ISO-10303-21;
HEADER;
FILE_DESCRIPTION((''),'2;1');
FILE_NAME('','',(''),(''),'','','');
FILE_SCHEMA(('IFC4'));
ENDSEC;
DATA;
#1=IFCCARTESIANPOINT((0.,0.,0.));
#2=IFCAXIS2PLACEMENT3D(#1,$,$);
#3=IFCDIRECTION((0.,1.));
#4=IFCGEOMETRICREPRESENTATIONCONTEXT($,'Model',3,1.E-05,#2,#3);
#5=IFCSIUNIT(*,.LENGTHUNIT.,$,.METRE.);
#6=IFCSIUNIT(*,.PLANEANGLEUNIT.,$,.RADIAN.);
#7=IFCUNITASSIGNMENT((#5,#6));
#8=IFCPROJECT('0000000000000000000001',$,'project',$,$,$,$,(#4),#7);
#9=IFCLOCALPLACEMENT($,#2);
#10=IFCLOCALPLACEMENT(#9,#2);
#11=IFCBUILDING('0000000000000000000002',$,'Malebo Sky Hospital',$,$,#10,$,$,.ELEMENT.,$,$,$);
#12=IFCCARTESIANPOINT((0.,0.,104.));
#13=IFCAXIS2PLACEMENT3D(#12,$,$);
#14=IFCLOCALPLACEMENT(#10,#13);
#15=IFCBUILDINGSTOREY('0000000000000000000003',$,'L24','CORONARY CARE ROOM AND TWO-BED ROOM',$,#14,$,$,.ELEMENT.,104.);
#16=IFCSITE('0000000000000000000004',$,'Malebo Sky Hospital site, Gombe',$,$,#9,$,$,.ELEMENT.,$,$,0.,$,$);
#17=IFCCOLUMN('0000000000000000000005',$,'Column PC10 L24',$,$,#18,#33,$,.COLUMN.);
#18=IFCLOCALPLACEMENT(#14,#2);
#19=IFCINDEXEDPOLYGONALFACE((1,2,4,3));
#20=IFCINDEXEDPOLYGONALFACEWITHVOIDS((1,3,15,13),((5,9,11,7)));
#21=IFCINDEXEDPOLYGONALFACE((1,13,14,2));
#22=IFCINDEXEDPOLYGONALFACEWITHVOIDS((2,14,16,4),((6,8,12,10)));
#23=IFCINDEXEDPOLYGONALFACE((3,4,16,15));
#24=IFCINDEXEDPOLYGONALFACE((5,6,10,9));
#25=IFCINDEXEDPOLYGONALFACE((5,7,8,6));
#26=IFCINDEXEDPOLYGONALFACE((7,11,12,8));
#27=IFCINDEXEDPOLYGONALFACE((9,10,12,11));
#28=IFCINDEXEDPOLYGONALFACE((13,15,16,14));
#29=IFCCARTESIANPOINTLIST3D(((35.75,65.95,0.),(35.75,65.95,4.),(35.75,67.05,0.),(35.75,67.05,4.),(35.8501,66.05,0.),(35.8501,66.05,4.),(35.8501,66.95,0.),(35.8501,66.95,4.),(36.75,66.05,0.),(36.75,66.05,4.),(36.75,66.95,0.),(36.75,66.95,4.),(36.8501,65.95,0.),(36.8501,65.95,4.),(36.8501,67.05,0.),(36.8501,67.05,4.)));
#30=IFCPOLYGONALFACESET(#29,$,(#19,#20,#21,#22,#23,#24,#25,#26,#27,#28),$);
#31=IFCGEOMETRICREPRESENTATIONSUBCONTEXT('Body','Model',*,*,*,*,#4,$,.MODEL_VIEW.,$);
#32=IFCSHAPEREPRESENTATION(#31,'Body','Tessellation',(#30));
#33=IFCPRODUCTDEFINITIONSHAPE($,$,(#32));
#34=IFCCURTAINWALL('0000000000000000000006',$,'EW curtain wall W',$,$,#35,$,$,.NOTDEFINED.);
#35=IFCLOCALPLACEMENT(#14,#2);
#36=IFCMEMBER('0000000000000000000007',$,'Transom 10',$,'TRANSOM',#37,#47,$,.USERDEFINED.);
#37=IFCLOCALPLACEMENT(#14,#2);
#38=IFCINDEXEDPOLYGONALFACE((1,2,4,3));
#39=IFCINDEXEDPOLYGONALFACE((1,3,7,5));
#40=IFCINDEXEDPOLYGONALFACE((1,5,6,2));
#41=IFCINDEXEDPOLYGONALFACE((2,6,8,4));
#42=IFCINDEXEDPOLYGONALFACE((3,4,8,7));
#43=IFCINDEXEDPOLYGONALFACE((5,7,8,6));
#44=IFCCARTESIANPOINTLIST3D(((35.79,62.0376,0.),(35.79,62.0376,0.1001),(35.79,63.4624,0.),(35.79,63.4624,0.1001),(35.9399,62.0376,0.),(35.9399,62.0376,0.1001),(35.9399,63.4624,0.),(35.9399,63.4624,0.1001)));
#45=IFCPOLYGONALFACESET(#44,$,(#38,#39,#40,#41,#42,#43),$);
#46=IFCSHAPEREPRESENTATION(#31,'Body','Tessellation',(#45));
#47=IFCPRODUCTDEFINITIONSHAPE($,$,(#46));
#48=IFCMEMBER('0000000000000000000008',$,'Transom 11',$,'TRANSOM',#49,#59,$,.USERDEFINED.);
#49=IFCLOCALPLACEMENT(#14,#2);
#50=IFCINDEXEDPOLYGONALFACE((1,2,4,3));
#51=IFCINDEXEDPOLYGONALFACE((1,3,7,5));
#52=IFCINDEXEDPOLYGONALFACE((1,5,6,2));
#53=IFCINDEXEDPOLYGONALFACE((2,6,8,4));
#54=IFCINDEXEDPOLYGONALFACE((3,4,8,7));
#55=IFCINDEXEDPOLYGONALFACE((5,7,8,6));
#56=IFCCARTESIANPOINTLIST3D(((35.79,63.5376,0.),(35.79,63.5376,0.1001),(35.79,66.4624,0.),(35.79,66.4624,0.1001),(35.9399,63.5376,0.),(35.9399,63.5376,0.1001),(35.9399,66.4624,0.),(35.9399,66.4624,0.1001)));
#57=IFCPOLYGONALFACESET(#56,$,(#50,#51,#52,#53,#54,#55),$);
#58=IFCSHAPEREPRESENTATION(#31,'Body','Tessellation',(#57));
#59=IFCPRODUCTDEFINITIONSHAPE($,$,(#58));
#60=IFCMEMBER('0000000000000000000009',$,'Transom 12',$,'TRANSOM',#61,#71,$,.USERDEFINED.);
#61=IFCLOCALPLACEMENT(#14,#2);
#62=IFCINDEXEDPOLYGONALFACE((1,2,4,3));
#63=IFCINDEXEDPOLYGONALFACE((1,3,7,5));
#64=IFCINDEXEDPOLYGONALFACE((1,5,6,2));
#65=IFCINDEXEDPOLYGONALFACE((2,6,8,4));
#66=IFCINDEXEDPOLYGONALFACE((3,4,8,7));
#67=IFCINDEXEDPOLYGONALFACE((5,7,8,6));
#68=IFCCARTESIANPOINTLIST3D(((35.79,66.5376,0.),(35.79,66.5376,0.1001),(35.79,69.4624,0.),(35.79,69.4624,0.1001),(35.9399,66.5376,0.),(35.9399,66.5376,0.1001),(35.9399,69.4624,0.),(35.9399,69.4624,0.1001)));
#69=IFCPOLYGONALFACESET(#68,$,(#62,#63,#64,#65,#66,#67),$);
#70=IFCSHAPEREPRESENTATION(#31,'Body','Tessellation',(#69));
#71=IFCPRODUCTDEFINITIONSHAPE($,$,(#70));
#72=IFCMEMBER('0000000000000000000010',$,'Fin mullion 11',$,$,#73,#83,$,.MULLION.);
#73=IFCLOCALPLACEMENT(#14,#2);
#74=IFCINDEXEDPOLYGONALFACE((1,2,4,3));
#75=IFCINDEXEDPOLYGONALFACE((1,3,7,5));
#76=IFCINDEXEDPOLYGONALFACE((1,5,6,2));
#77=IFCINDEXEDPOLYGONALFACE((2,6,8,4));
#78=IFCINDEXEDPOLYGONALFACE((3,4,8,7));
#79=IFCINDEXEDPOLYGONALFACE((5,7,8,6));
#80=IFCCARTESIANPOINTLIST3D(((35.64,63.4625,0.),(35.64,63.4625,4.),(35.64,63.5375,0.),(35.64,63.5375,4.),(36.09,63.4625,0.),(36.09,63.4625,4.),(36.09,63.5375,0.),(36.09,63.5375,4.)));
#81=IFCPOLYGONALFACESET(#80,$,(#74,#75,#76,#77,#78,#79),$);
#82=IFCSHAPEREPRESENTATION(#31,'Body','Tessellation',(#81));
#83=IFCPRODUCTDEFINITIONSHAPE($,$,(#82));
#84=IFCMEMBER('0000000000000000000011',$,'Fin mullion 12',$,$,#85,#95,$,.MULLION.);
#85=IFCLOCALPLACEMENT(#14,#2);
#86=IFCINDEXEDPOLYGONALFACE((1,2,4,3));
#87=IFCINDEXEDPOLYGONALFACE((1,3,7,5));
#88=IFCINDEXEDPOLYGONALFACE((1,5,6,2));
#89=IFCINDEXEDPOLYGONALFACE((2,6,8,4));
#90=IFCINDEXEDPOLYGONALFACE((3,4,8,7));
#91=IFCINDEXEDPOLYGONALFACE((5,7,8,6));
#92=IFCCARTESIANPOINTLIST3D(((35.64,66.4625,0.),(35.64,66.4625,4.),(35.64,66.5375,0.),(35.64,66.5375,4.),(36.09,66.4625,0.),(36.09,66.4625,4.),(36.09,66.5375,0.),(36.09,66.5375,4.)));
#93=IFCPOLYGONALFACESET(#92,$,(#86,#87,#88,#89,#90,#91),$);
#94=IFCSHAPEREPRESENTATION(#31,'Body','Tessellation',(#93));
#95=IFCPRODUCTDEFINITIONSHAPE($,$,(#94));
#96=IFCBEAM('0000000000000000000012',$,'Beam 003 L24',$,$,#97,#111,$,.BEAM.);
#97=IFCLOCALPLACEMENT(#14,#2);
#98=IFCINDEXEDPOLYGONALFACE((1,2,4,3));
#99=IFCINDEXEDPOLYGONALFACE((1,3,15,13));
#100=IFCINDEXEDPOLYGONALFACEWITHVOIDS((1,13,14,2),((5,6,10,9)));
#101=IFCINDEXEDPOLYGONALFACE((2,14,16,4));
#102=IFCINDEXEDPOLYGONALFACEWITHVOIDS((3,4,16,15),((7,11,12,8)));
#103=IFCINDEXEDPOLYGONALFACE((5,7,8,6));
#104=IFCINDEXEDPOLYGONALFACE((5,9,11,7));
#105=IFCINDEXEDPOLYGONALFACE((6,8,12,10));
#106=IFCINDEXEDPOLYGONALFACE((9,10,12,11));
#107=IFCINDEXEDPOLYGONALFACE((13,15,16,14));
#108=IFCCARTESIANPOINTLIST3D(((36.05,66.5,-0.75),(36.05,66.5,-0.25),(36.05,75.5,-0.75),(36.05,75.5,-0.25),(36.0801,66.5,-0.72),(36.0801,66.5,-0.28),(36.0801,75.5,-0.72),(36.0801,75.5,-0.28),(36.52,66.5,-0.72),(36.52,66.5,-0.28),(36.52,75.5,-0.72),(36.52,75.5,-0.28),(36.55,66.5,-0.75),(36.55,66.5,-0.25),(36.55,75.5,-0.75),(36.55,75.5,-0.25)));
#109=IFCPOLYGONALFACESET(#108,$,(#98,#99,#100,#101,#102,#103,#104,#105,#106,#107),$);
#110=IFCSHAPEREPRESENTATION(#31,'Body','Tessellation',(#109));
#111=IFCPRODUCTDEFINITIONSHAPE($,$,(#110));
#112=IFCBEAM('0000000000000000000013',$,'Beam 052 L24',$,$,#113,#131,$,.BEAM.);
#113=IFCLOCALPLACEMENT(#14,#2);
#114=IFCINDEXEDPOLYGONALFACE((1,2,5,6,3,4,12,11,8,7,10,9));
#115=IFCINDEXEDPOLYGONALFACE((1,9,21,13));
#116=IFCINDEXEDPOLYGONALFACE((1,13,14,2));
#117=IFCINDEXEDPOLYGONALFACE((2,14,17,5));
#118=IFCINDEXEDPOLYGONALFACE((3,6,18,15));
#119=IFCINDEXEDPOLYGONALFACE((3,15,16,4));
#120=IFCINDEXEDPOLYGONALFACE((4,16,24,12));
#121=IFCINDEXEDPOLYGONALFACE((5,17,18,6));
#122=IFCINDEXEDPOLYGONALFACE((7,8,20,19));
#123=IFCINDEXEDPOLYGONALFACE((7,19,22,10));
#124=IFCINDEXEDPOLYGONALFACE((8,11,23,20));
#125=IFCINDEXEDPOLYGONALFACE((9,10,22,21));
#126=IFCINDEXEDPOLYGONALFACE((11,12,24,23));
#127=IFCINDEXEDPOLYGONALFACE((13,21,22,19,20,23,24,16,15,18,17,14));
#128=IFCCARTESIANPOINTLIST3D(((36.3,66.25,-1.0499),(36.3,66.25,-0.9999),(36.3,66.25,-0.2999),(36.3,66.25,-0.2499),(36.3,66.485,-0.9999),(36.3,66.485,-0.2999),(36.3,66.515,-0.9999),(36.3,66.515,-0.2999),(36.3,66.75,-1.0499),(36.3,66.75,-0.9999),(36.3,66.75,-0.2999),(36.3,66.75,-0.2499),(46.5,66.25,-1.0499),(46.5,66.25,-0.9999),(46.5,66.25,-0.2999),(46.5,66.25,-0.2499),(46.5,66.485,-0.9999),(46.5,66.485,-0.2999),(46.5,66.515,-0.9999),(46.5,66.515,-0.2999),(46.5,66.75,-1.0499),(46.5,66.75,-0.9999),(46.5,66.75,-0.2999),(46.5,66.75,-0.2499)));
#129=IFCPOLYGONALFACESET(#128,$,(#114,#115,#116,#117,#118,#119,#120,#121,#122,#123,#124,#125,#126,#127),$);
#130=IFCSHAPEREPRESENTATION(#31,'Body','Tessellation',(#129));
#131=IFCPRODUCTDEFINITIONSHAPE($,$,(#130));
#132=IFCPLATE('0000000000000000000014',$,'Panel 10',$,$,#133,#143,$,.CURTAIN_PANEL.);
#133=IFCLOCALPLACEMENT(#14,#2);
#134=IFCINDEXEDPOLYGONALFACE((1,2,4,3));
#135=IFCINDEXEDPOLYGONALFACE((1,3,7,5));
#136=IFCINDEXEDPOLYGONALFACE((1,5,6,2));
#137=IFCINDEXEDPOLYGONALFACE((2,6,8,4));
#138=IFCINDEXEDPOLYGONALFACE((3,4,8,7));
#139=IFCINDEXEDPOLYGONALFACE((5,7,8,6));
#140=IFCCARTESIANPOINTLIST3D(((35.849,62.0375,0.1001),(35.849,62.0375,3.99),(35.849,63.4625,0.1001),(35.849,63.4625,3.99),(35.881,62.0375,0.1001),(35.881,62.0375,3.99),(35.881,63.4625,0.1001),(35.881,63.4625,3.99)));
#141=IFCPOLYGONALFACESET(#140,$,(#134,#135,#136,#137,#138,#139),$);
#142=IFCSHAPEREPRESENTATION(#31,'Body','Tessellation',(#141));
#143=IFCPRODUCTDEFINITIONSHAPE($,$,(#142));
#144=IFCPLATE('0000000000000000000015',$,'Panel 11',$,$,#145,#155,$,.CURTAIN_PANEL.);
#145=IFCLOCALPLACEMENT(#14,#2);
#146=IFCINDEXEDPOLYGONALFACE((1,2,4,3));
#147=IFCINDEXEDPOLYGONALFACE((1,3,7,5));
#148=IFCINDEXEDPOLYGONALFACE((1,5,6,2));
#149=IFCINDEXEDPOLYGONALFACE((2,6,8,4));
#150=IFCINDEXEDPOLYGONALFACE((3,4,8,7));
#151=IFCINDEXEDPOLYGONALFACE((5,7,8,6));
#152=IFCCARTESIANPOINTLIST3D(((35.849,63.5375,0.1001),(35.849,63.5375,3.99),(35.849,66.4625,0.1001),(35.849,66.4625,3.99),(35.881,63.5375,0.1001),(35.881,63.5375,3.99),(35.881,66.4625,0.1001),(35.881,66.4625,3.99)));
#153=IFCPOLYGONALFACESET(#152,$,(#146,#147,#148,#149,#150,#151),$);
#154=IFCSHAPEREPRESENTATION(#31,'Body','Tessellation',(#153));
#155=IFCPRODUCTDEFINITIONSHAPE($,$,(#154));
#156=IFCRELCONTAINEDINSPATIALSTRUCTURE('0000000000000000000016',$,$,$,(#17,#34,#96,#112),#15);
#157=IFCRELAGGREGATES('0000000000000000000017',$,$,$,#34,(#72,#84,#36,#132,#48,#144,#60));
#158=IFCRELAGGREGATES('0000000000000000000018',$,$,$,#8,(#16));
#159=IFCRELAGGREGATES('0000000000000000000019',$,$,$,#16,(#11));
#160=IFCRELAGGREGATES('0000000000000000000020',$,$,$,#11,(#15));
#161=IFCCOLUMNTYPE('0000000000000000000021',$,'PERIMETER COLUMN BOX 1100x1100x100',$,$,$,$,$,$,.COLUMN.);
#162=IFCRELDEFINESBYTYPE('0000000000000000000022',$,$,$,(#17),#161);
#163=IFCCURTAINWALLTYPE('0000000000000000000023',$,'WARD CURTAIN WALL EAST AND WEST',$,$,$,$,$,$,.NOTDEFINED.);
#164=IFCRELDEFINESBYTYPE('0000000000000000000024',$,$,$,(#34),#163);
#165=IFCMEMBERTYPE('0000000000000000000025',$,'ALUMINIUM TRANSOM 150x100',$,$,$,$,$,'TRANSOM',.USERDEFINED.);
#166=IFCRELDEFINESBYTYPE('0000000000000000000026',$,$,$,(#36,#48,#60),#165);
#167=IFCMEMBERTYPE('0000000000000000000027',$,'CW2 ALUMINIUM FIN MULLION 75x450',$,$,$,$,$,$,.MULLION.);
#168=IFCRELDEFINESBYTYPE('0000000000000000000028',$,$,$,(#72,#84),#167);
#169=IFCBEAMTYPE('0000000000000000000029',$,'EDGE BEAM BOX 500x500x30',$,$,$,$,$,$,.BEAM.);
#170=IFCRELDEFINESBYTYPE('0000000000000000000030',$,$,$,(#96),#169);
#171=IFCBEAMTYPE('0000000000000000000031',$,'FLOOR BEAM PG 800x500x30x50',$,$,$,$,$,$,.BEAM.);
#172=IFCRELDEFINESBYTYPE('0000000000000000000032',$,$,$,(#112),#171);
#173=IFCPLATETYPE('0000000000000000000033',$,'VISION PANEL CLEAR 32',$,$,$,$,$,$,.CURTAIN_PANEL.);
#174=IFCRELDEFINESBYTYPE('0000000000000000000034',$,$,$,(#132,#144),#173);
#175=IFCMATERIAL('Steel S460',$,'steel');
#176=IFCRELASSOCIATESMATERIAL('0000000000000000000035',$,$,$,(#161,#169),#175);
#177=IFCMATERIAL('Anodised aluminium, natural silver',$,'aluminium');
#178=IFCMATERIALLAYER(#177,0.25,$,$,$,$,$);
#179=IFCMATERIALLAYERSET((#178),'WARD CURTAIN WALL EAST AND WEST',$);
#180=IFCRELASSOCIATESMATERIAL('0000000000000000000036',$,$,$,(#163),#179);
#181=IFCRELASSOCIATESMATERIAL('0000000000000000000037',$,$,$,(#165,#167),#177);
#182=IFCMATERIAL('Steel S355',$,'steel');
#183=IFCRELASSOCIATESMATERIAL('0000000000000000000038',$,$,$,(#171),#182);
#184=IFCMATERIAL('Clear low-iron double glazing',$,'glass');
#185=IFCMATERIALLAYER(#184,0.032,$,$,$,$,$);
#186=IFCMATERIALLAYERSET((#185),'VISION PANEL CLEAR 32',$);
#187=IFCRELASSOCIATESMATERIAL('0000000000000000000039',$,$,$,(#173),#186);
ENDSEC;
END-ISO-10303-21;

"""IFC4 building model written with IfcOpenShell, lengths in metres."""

from ifc_helpers import new_model, si_unit, direction, frame, origin, origin_2d, place, context, subcontext, project, spatial, rectangle, hollow_rectangle, i_section, extrude, material, layer, layer_set, material_profile, profile_set, type_object, element, aggregate, save


model = new_model("IFC4")

# Units and contexts
model_context = context("Model", 3, precision=1e-05, world=origin(), true_north=direction((0.0, 1.0)))
body_context = subcontext(model_context, "Body", "Model", "MODEL_VIEW")
ifc_project = project(units=[si_unit("LENGTHUNIT", "METRE"), si_unit("PLANEANGLEUNIT", "RADIAN")], contexts=[model_context])

# Site, building, storey
site_placement = place(None, origin())
site = spatial("IfcSite", under=ifc_project, at=site_placement, Name="Malebo Sky Hospital site, Gombe", CompositionType="ELEMENT", RefElevation=0.0)
building_placement = place(site_placement, origin())
building = spatial("IfcBuilding", under=site, at=building_placement, Name="Malebo Sky Hospital", CompositionType="ELEMENT")
storey_placement = place(building_placement, frame((0.0, 0.0, 104.0)))
storey = spatial("IfcBuildingStorey", under=building, at=storey_placement, Name="L24", Description="CORONARY CARE ROOM AND TWO-BED ROOM", CompositionType="ELEMENT", Elevation=104.0)

# Column
ifc_material_1 = material(Name="Steel S460", Category="steel")
ifc_material_profile_1 = material_profile(ifc_material_1, hollow_rectangle(XDim=1.1001, YDim=1.1001, WallThickness=0.1001, at=origin_2d()), Name="BOX 1100x1100x100")
ifc_profile_set_1 = profile_set([ifc_material_profile_1], Name="Steel S460")
column_type = type_object("IfcColumnType", Name="PERIMETER COLUMN BOX 1100x1100x100", PredefinedType="COLUMN", material=ifc_profile_set_1)
column_placement = place(storey_placement, frame((36.3, 66.5, 0.0), z_axis=(0.0, 0.0, 1.0), x_axis=(1.0, 0.0, 0.0)))
element("IfcColumn", 1, at=column_placement, inside=storey, type_object=column_type, Name="Column PC10 L24", PredefinedType="COLUMN", context=body_context, shape_type="SweptSolid", body=[
    extrude(hollow_rectangle(XDim=1.1001, YDim=1.1001, WallThickness=0.1001, at=origin_2d()), origin(), (0.0, 0.0, 1.0), 4.0),
])

# Curtain wall, members
ifc_material_2 = material(Name="Anodised aluminium, natural silver", Category="aluminium")
ifc_layer_1 = layer(ifc_material_2, 0.25)
ifc_layer_set_1 = layer_set([ifc_layer_1], Name="WARD CURTAIN WALL EAST AND WEST")
curtain_wall_type = type_object("IfcCurtainWallType", Name="WARD CURTAIN WALL EAST AND WEST", PredefinedType="NOTDEFINED", material=ifc_layer_set_1)
curtain_wall_placement = place(storey_placement, origin())
curtain_wall = element("IfcCurtainWall", 2, at=curtain_wall_placement, inside=storey, type_object=curtain_wall_type, Name="EW curtain wall W", PredefinedType="NOTDEFINED")
ifc_material_profile_2 = material_profile(ifc_material_2, rectangle(XDim=0.1499, YDim=0.1001, at=origin_2d()), Name="ALUMINIUM TRANSOM 150x100")
ifc_profile_set_2 = profile_set([ifc_material_profile_2], Name="Anodised aluminium, natural silver")
member_type_1 = type_object("IfcMemberType", Name="ALUMINIUM TRANSOM 150x100", ElementType="TRANSOM", PredefinedType="USERDEFINED", material=ifc_profile_set_2)
member_1_placement = place(storey_placement, frame((35.865, 62.0376, 0.05), z_axis=(0.0, 1.0, 0.0), x_axis=(-1.0, 0.0, 0.0)))
member_1 = element("IfcMember", 3, at=member_1_placement, type_object=member_type_1, Name="Transom 10", ObjectType="TRANSOM", PredefinedType="USERDEFINED", context=body_context, shape_type="SweptSolid", body=[
    extrude(rectangle(XDim=0.1499, YDim=0.1001, at=origin_2d()), origin(), (0.0, 0.0, 1.0), 1.4248),
])
member_2_placement = place(storey_placement, frame((35.865, 63.5376, 0.05), z_axis=(0.0, 1.0, 0.0), x_axis=(-1.0, 0.0, 0.0)))
member_2 = element("IfcMember", 4, at=member_2_placement, type_object=member_type_1, Name="Transom 11", ObjectType="TRANSOM", PredefinedType="USERDEFINED", context=body_context, shape_type="SweptSolid", body=[
    extrude(rectangle(XDim=0.1499, YDim=0.1001, at=origin_2d()), origin(), (0.0, 0.0, 1.0), 2.9248),
])
member_3_placement = place(storey_placement, frame((35.865, 66.5376, 0.05), z_axis=(0.0, 1.0, 0.0), x_axis=(-1.0, 0.0, 0.0)))
member_3 = element("IfcMember", 5, at=member_3_placement, type_object=member_type_1, Name="Transom 12", ObjectType="TRANSOM", PredefinedType="USERDEFINED", context=body_context, shape_type="SweptSolid", body=[
    extrude(rectangle(XDim=0.1499, YDim=0.1001, at=origin_2d()), origin(), (0.0, 0.0, 1.0), 2.9248),
])
ifc_material_profile_3 = material_profile(ifc_material_2, rectangle(XDim=0.075, YDim=0.45, at=origin_2d()), Name="CW2 ALUMINIUM FIN MULLION 75x450")
ifc_profile_set_3 = profile_set([ifc_material_profile_3], Name="Anodised aluminium, natural silver")
member_type_2 = type_object("IfcMemberType", Name="CW2 ALUMINIUM FIN MULLION 75x450", PredefinedType="MULLION", material=ifc_profile_set_3)
member_4_placement = place(storey_placement, frame((35.865, 63.5, 0.0), z_axis=(0.0, 0.0, 1.0), x_axis=(0.0, 1.0, 0.0)))
member_4 = element("IfcMember", 6, at=member_4_placement, type_object=member_type_2, Name="Fin mullion 11", PredefinedType="MULLION", context=body_context, shape_type="SweptSolid", body=[
    extrude(rectangle(XDim=0.075, YDim=0.45, at=origin_2d()), origin(), (0.0, 0.0, 1.0), 4.0),
])
member_5_placement = place(storey_placement, frame((35.865, 66.5, 0.0), z_axis=(0.0, 0.0, 1.0), x_axis=(0.0, 1.0, 0.0)))
member_5 = element("IfcMember", 7, at=member_5_placement, type_object=member_type_2, Name="Fin mullion 12", PredefinedType="MULLION", context=body_context, shape_type="SweptSolid", body=[
    extrude(rectangle(XDim=0.075, YDim=0.45, at=origin_2d()), origin(), (0.0, 0.0, 1.0), 4.0),
])

# Beams
ifc_material_profile_4 = material_profile(ifc_material_1, hollow_rectangle(XDim=0.5, YDim=0.5, WallThickness=0.03, at=origin_2d()), Name="BOX 500x500x30")
ifc_profile_set_4 = profile_set([ifc_material_profile_4], Name="Steel S460")
beam_type_1 = type_object("IfcBeamType", Name="EDGE BEAM BOX 500x500x30", PredefinedType="BEAM", material=ifc_profile_set_4)
beam_1_placement = place(storey_placement, frame((36.3, 66.5, -0.5), z_axis=(0.0, 1.0, 0.0), x_axis=(-1.0, 0.0, 0.0)))
element("IfcBeam", 8, at=beam_1_placement, inside=storey, type_object=beam_type_1, Name="Beam 003 L24", PredefinedType="BEAM", context=body_context, shape_type="SweptSolid", body=[
    extrude(hollow_rectangle(XDim=0.5, YDim=0.5, WallThickness=0.03, at=origin_2d()), origin(), (0.0, 0.0, 1.0), 9.0),
])
ifc_material_3 = material(Name="Steel S355", Category="steel")
ifc_material_profile_5 = material_profile(ifc_material_3, i_section(OverallWidth=0.5, OverallDepth=0.8, WebThickness=0.03, FlangeThickness=0.05, at=origin_2d()), Name="PG 800x500x30x50")
ifc_profile_set_5 = profile_set([ifc_material_profile_5], Name="Steel S355")
beam_type_2 = type_object("IfcBeamType", Name="FLOOR BEAM PG 800x500x30x50", PredefinedType="BEAM", material=ifc_profile_set_5)
beam_2_placement = place(storey_placement, frame((36.3, 66.5, -0.6499), z_axis=(1.0, 0.0, 0.0), x_axis=(0.0, 1.0, 0.0)))
element("IfcBeam", 9, at=beam_2_placement, inside=storey, type_object=beam_type_2, Name="Beam 052 L24", PredefinedType="BEAM", context=body_context, shape_type="SweptSolid", body=[
    extrude(i_section(OverallWidth=0.5, OverallDepth=0.8, WebThickness=0.03, FlangeThickness=0.05, at=origin_2d()), origin(), (0.0, 0.0, 1.0), 10.2),
])

# Plates
ifc_material_4 = material(Name="Clear low-iron double glazing", Category="glass")
ifc_layer_2 = layer(ifc_material_4, 0.032)
ifc_layer_set_2 = layer_set([ifc_layer_2], Name="VISION PANEL CLEAR 32")
plate_type = type_object("IfcPlateType", Name="VISION PANEL CLEAR 32", PredefinedType="CURTAIN_PANEL", material=ifc_layer_set_2)
plate_1_placement = place(storey_placement, frame((35.865, 62.75, 0.1001), z_axis=(0.0, 0.0, 1.0), x_axis=(0.0, 1.0, 0.0)))
plate_1 = element("IfcPlate", 10, at=plate_1_placement, type_object=plate_type, Name="Panel 10", PredefinedType="CURTAIN_PANEL", context=body_context, shape_type="SweptSolid", body=[
    extrude(rectangle(XDim=1.425, YDim=0.032, at=origin_2d()), origin(), (0.0, 0.0, 1.0), 3.8899),
])
plate_2_placement = place(storey_placement, frame((35.865, 65.0, 0.1001), z_axis=(0.0, 0.0, 1.0), x_axis=(0.0, 1.0, 0.0)))
plate_2 = element("IfcPlate", 11, at=plate_2_placement, type_object=plate_type, Name="Panel 11", PredefinedType="CURTAIN_PANEL", context=body_context, shape_type="SweptSolid", body=[
    extrude(rectangle(XDim=2.925, YDim=0.032, at=origin_2d()), origin(), (0.0, 0.0, 1.0), 3.8899),
])
aggregate(curtain_wall, [member_4, member_5, member_1, plate_1, member_2, plate_2, member_3])

save(model, "model.ifc")
